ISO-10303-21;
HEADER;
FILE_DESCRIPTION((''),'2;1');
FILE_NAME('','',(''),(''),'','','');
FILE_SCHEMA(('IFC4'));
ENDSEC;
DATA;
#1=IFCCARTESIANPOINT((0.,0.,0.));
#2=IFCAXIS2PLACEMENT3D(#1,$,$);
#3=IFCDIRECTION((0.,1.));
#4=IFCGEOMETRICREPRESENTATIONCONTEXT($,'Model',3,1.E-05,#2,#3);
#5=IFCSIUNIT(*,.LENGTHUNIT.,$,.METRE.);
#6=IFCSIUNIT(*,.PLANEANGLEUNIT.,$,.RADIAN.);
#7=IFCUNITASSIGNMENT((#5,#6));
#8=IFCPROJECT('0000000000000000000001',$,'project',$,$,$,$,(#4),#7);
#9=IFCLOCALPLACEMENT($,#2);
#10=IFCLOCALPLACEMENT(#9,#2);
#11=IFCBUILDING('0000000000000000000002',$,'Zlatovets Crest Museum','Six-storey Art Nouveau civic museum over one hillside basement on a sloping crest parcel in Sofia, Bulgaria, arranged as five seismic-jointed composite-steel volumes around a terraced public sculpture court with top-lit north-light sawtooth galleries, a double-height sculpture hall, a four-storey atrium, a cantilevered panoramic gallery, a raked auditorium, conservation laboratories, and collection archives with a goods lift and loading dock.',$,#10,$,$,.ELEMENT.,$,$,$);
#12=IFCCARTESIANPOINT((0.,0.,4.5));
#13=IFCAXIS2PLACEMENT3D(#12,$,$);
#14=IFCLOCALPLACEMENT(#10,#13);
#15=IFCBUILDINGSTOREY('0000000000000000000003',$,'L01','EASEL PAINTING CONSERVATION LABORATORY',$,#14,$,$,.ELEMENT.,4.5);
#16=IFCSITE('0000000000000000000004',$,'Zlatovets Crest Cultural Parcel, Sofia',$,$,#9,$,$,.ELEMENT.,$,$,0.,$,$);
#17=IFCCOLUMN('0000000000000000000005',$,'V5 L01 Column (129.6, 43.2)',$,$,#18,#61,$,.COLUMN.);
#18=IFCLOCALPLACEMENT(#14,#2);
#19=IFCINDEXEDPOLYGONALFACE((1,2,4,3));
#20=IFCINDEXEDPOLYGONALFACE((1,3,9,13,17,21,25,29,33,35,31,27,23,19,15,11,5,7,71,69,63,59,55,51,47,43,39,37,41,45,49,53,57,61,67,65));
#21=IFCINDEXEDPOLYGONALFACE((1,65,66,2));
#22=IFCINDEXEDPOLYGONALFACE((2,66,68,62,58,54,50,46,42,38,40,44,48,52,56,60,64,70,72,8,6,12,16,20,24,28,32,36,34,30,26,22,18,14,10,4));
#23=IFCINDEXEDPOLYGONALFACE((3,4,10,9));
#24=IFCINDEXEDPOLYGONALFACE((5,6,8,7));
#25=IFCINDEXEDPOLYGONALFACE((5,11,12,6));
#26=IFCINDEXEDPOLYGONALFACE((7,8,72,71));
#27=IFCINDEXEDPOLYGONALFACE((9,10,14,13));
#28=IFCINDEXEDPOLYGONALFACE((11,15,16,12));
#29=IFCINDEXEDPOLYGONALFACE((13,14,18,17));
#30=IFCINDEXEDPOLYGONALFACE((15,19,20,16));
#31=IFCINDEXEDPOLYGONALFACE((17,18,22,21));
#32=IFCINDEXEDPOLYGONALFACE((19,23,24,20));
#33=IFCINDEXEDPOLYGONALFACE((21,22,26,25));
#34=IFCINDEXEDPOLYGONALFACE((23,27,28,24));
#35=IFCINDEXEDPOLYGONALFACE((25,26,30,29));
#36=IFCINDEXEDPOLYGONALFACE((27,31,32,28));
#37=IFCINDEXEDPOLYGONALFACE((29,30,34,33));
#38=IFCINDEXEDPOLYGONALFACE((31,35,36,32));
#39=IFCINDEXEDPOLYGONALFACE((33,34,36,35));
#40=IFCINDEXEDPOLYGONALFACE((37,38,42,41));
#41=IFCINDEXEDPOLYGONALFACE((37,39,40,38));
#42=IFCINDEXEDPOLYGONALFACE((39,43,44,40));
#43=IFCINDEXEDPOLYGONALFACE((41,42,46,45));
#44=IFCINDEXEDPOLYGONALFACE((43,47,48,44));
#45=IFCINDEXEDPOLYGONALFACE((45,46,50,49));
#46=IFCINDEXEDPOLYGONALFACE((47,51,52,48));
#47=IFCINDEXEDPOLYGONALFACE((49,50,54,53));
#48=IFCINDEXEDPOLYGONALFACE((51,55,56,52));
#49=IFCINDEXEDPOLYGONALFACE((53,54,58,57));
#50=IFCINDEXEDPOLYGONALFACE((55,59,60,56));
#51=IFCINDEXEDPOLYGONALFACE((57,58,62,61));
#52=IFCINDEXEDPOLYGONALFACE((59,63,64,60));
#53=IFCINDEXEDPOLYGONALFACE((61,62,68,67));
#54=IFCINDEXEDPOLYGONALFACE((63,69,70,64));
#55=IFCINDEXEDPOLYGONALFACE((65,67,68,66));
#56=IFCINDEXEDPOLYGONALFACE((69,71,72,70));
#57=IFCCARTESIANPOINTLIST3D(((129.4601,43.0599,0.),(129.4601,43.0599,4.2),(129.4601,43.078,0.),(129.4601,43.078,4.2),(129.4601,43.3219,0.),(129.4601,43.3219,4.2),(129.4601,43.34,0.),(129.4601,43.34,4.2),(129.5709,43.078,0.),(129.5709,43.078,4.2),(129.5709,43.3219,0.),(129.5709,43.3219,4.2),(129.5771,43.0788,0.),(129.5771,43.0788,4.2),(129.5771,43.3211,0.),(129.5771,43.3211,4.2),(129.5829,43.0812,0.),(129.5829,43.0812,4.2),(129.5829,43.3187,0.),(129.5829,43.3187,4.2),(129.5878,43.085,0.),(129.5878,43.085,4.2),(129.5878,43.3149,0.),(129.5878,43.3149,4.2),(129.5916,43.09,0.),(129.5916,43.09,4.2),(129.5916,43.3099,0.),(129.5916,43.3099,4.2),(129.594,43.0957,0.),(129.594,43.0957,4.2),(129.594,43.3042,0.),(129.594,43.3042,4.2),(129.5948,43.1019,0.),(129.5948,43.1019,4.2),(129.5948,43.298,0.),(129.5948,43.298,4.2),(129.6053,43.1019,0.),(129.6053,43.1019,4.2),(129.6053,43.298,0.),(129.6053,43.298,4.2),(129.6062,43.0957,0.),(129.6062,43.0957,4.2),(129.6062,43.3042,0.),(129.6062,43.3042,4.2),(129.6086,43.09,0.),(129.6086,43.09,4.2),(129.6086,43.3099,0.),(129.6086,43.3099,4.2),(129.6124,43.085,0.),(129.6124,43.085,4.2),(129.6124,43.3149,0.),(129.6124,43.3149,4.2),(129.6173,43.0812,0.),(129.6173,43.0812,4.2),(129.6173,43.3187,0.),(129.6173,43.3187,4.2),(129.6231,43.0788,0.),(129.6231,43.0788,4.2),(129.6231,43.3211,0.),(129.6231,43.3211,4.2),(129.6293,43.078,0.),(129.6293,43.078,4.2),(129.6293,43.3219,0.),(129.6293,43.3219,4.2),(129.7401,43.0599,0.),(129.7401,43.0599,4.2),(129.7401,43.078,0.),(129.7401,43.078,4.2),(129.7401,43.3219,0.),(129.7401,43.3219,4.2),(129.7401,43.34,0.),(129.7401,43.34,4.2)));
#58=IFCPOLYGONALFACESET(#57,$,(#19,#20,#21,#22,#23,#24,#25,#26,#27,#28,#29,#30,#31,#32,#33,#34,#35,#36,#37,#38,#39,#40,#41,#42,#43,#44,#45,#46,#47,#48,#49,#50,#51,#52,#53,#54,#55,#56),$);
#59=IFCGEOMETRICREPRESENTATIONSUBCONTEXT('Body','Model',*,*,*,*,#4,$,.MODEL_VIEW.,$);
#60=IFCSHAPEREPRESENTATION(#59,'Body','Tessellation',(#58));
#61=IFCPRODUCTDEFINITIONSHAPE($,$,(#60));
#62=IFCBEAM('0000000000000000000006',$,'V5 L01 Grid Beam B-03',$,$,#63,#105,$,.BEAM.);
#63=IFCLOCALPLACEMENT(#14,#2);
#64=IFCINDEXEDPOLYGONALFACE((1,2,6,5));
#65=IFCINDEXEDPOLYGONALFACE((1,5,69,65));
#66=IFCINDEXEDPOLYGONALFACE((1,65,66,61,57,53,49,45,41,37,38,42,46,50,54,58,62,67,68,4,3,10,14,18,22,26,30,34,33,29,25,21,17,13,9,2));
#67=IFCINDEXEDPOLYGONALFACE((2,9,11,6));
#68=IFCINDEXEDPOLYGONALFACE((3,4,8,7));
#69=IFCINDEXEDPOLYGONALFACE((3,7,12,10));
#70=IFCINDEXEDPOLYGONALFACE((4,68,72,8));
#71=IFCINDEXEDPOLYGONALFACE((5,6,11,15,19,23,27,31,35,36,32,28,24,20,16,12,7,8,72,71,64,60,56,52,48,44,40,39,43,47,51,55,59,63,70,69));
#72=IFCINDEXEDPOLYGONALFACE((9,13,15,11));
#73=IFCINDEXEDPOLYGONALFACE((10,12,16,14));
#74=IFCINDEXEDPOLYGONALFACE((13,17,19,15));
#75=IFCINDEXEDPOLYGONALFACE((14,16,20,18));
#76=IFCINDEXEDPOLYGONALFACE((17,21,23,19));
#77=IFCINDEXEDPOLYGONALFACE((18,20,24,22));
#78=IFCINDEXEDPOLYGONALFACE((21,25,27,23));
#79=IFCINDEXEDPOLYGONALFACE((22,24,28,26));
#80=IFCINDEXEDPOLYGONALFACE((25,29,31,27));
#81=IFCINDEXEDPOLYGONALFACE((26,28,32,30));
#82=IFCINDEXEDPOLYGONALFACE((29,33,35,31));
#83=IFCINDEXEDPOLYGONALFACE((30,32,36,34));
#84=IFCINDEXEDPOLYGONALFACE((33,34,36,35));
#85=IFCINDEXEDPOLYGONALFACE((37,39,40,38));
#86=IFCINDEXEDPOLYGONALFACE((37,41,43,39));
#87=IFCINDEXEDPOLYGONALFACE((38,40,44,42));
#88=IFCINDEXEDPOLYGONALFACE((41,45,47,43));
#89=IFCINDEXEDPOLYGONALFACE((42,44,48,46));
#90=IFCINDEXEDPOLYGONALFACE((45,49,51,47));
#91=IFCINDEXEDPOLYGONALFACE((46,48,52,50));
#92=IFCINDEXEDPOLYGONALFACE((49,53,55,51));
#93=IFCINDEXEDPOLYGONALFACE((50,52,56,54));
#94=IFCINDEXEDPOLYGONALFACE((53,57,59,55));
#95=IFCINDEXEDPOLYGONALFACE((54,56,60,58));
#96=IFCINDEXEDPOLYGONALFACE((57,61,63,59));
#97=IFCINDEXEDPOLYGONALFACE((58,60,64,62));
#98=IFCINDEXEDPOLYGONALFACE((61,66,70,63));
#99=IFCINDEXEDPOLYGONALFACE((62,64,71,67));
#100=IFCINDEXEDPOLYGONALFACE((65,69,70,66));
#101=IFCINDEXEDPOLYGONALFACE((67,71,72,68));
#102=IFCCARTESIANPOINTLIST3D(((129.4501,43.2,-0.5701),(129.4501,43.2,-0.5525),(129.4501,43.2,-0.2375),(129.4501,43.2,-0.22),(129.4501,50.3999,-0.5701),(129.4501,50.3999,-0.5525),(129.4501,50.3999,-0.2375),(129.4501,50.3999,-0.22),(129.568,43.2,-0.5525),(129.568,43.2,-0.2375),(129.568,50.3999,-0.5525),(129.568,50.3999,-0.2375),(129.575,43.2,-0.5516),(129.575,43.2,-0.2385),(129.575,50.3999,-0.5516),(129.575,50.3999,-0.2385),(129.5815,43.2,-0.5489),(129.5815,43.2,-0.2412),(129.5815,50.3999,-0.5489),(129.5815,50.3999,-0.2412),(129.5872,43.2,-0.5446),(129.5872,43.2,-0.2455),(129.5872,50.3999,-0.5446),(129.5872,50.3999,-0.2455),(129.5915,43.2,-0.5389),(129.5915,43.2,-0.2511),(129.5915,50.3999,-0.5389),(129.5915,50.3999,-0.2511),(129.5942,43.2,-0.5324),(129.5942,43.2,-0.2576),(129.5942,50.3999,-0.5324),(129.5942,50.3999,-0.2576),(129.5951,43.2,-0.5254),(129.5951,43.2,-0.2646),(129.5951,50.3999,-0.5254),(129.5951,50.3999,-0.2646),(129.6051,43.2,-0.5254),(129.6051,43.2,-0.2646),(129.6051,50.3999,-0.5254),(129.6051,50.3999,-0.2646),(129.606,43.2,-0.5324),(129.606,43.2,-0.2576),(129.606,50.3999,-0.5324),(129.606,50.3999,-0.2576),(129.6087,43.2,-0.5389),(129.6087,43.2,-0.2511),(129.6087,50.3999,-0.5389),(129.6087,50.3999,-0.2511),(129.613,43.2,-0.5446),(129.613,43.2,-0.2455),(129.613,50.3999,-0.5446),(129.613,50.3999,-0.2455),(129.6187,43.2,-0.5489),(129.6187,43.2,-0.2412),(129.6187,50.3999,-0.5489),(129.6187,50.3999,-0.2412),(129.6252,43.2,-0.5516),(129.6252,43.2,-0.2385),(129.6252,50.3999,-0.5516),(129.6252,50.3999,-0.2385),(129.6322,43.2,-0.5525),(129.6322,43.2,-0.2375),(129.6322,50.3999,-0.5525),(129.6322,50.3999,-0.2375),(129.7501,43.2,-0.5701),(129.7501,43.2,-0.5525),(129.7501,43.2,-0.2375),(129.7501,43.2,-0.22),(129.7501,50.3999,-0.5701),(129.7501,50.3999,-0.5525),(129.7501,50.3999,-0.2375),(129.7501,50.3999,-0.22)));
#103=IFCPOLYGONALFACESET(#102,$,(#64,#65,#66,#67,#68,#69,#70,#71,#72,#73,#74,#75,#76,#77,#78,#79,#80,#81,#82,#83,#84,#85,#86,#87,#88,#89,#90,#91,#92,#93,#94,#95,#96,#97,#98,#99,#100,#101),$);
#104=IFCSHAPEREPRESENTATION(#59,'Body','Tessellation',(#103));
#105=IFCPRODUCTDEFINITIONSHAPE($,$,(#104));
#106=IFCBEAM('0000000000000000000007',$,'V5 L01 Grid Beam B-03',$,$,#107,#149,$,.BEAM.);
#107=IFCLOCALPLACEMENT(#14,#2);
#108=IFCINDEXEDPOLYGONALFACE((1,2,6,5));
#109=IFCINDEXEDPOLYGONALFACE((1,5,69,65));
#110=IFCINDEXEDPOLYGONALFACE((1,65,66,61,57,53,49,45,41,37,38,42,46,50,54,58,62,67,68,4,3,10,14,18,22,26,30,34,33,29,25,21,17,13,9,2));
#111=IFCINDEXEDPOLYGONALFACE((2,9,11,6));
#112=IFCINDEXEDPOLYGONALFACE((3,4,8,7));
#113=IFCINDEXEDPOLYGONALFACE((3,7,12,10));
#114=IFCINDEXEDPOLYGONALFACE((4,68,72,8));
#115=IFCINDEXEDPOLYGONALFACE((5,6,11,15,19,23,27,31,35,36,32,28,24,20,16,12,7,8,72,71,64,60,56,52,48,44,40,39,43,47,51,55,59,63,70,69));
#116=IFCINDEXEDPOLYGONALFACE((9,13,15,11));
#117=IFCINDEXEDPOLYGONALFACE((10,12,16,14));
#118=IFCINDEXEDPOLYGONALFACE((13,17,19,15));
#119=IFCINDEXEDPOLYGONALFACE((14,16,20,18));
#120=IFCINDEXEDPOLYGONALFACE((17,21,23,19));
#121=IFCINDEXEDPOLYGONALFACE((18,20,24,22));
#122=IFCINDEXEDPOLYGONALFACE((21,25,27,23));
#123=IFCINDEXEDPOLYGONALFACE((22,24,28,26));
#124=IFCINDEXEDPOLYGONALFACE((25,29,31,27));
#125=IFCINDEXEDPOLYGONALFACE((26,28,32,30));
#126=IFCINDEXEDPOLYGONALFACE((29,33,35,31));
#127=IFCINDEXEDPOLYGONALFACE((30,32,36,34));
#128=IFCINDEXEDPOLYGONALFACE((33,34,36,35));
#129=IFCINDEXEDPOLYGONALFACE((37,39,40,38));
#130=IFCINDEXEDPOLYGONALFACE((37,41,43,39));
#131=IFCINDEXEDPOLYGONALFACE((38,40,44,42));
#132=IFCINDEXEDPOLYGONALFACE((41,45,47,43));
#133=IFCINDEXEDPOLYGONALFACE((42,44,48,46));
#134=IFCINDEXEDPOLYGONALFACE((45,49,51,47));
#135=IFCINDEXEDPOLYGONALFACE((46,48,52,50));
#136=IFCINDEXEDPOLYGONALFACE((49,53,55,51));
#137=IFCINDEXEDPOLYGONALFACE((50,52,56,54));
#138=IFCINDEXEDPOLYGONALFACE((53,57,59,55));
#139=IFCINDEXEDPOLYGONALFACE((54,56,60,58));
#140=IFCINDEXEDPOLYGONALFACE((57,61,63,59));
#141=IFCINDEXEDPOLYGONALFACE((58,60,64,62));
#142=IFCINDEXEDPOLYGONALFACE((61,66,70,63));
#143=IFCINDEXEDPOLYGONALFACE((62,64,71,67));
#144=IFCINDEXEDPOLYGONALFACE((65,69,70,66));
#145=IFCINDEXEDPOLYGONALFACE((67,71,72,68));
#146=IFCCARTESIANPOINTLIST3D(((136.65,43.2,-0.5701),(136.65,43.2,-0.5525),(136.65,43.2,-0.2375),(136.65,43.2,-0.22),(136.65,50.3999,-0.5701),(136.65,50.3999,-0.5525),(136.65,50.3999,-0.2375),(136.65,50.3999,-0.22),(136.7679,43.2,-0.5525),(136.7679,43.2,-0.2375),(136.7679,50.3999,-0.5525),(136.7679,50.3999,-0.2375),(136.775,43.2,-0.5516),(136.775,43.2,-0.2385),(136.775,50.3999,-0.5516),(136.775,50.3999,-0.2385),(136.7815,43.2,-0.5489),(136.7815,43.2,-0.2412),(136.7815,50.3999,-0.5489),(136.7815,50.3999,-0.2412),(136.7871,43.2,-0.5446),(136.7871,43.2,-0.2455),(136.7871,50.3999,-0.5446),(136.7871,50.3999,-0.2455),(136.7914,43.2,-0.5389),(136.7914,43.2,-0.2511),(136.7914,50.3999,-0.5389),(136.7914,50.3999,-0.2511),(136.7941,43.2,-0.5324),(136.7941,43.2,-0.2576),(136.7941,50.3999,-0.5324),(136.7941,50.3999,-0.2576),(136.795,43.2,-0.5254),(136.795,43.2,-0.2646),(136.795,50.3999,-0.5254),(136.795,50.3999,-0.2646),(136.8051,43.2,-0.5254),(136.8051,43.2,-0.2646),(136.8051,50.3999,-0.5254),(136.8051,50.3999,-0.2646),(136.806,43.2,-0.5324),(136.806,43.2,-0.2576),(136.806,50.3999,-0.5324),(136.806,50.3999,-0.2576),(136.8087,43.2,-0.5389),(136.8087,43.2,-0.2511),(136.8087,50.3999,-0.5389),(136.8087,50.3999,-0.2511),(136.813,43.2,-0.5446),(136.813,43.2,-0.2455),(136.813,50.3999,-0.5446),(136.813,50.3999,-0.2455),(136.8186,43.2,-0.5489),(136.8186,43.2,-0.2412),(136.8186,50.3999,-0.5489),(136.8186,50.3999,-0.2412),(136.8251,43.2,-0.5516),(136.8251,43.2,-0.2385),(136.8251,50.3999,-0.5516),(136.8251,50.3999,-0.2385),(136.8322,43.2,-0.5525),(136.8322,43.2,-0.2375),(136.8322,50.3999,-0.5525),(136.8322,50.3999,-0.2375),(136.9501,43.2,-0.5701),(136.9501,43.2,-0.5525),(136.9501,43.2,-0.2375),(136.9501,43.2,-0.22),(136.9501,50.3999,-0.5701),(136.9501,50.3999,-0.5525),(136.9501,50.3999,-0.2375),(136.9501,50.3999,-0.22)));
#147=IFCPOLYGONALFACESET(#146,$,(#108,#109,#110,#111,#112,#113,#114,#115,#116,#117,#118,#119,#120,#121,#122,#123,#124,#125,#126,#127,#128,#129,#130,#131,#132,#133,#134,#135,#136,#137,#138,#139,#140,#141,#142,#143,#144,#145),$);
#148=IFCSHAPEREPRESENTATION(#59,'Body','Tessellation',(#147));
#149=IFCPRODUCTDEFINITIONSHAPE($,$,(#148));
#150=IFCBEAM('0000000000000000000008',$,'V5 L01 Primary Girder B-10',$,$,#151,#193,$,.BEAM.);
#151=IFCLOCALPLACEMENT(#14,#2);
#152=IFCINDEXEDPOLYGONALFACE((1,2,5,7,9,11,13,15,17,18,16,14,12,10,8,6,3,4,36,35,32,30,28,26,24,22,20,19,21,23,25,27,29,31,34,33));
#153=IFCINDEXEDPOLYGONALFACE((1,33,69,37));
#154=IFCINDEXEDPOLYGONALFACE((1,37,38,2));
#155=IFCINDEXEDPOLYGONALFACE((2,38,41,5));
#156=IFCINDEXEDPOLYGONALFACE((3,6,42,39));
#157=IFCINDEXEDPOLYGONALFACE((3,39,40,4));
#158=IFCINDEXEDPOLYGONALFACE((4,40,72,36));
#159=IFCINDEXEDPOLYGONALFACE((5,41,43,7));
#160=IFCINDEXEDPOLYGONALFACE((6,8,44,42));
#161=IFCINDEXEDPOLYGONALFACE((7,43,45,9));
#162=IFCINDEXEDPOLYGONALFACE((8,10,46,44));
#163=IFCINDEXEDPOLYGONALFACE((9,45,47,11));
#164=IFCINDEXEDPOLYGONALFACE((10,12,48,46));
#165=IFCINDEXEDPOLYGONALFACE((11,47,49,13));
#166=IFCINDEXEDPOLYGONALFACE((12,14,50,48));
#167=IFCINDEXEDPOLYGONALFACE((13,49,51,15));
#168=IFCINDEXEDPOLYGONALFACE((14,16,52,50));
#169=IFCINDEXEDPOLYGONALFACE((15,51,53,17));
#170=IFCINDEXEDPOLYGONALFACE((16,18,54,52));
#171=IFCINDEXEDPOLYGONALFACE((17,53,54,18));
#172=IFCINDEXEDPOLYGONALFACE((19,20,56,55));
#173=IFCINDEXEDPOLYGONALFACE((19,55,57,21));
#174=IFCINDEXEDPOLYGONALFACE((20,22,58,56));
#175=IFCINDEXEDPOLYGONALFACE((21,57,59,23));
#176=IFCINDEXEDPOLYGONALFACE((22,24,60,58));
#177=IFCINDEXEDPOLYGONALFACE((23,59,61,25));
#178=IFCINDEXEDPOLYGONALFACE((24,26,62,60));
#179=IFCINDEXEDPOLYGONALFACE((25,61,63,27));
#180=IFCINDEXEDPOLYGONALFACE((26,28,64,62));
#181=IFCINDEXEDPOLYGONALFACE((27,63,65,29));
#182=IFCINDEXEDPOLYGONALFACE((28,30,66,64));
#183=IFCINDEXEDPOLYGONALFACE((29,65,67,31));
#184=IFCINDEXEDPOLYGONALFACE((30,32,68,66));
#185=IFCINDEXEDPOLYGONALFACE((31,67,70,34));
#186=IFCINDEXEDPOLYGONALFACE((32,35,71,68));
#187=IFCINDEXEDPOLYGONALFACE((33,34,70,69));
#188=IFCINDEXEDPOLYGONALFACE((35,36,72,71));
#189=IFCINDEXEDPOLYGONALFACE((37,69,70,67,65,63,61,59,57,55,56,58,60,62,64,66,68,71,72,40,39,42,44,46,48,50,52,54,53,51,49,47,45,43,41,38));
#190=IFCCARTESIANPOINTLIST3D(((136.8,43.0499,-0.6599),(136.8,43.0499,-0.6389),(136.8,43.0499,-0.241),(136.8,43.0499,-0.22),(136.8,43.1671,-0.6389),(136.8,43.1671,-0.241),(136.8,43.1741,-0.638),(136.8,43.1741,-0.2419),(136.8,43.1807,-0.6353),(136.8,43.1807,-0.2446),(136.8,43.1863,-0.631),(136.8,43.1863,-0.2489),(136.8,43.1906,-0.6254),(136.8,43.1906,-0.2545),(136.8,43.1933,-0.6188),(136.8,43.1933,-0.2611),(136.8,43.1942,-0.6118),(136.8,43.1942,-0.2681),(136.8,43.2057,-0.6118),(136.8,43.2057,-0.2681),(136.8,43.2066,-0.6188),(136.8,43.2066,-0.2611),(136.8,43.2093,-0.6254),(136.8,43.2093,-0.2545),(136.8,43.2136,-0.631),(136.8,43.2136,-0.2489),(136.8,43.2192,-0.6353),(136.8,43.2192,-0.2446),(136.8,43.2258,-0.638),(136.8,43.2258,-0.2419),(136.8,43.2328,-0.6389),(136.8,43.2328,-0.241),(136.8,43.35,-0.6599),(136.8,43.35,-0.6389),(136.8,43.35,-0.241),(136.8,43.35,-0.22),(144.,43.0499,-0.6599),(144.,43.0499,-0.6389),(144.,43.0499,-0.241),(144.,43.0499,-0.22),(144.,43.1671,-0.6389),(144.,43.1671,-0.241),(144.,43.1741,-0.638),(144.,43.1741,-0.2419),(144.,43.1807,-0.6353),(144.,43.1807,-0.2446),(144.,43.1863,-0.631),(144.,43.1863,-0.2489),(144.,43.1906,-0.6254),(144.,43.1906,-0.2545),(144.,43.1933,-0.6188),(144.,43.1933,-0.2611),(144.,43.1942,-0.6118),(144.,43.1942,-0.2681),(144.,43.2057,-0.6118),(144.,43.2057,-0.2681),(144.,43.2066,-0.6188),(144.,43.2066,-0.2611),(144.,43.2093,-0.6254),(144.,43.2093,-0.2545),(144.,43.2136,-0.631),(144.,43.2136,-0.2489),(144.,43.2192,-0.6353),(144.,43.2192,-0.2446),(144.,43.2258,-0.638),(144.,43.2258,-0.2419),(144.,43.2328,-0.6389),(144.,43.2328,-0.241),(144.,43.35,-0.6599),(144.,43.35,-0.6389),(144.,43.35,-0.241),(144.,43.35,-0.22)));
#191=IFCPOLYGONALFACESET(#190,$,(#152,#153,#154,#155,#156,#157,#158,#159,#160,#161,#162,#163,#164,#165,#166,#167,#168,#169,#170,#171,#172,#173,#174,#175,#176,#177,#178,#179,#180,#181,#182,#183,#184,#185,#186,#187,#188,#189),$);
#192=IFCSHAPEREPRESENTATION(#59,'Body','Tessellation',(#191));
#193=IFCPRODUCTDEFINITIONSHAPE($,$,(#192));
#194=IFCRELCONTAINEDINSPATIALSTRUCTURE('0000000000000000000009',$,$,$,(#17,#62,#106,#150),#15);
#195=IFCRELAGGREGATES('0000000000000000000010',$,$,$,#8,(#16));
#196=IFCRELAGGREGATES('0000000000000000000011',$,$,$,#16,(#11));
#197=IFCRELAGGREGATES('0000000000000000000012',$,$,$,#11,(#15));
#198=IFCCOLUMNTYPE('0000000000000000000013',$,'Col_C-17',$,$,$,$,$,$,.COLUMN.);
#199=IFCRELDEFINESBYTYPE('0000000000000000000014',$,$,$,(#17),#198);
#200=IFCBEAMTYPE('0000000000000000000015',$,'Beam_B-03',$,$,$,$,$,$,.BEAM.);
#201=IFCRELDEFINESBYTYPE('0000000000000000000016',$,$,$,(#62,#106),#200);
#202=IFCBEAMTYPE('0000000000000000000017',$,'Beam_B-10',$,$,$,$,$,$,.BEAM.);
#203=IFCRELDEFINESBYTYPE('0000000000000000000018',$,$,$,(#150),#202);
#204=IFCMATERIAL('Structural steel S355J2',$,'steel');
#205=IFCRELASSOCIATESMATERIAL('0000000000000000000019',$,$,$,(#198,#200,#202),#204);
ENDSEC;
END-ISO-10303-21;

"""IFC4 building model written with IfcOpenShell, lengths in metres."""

from ifc_helpers import new_model, si_unit, direction, frame, origin, origin_2d, place, context, subcontext, project, spatial, i_section, extrude, material, material_profile, profile_set, type_object, element, save


model = new_model("IFC4")

# Units and contexts
model_context = context("Model", 3, precision=1e-05, world=origin(), true_north=direction((0.0, 1.0)))
body_context = subcontext(model_context, "Body", "Model", "MODEL_VIEW")
ifc_project = project(units=[si_unit("LENGTHUNIT", "METRE"), si_unit("PLANEANGLEUNIT", "RADIAN")], contexts=[model_context])

# Site, building, storey
site_placement = place(None, origin())
site = spatial("IfcSite", under=ifc_project, at=site_placement, Name="Zlatovets Crest Cultural Parcel, Sofia", CompositionType="ELEMENT", RefElevation=0.0)
building_placement = place(site_placement, origin())
building = spatial("IfcBuilding", under=site, at=building_placement, Name="Zlatovets Crest Museum", Description="Six-storey Art Nouveau civic museum over one hillside basement on a sloping crest parcel in Sofia, Bulgaria, arranged as five seismic-jointed composite-steel volumes around a terraced public sculpture court with top-lit north-light sawtooth galleries, a double-height sculpture hall, a four-storey atrium, a cantilevered panoramic gallery, a raked auditorium, conservation laboratories, and collection archives with a goods lift and loading dock.", CompositionType="ELEMENT")
storey_placement = place(building_placement, frame((0.0, 0.0, 4.5)))
storey = spatial("IfcBuildingStorey", under=building, at=storey_placement, Name="L01", Description="EASEL PAINTING CONSERVATION LABORATORY", CompositionType="ELEMENT", Elevation=4.5)

# Column
ifc_material_1 = material(Name="Structural steel S355J2", Category="steel")
ifc_material_profile_1 = material_profile(ifc_material_1, i_section(OverallWidth=0.28, OverallDepth=0.28, WebThickness=0.0105, FlangeThickness=0.0181, FilletRadius=0.0239, at=origin_2d()), Name="HEB 280")
ifc_profile_set_1 = profile_set([ifc_material_profile_1], Name="Structural steel S355J2")
column_type = type_object("IfcColumnType", Name="Col_C-17", PredefinedType="COLUMN", material=ifc_profile_set_1)
column_placement = place(storey_placement, frame((129.6001, 43.2, 0.0), z_axis=(0.0, 0.0, 1.0), x_axis=(1.0, 0.0, 0.0)))
element("IfcColumn", 1, at=column_placement, inside=storey, type_object=column_type, Name="V5 L01 Column (129.6, 43.2)", PredefinedType="COLUMN", context=body_context, shape_type="SweptSolid", body=[
    extrude(i_section(OverallWidth=0.28, OverallDepth=0.28, WebThickness=0.0105, FlangeThickness=0.0181, FilletRadius=0.0239, at=origin_2d()), origin(), (0.0, 0.0, 1.0), 4.2),
])

# Beams
ifc_material_profile_2 = material_profile(ifc_material_1, i_section(OverallWidth=0.3, OverallDepth=0.3501, WebThickness=0.01, FlangeThickness=0.0176, FilletRadius=0.0271, at=origin_2d()), Name="HEA 360")
ifc_profile_set_2 = profile_set([ifc_material_profile_2], Name="Structural steel S355J2")
beam_type_1 = type_object("IfcBeamType", Name="Beam_B-03", PredefinedType="BEAM", material=ifc_profile_set_2)
for number, where, z_axis, x_axis, name in (
    (2, (129.6001, 43.2, -0.395), (0.0, 1.0, 0.0), (-1.0, 0.0, 0.0), "V5 L01 Grid Beam B-03"),
    (3, (136.8, 43.2, -0.395), (0.0, 1.0, 0.0), (-1.0, 0.0, 0.0), "V5 L01 Grid Beam B-03"),
):
    element("IfcBeam", number, at=place(storey_placement, frame(where, z_axis=z_axis, x_axis=x_axis)), inside=storey, type_object=beam_type_1, Name=name, PredefinedType="BEAM", context=body_context, shape_type="SweptSolid", body=[
        extrude(i_section(OverallWidth=0.3, OverallDepth=0.3501, WebThickness=0.01, FlangeThickness=0.0176, FilletRadius=0.0271, at=origin_2d()), origin(), (0.0, 0.0, 1.0), 7.2),
    ])
ifc_material_profile_3 = material_profile(ifc_material_1, i_section(OverallWidth=0.3, OverallDepth=0.4399, WebThickness=0.0115, FlangeThickness=0.021, FilletRadius=0.0271, at=origin_2d()), Name="HEA 450")
ifc_profile_set_3 = profile_set([ifc_material_profile_3], Name="Structural steel S355J2")
beam_type_2 = type_object("IfcBeamType", Name="Beam_B-10", PredefinedType="BEAM", material=ifc_profile_set_3)
beam_placement = place(storey_placement, frame((136.8, 43.2, -0.4399), z_axis=(1.0, 0.0, 0.0), x_axis=(0.0, 1.0, 0.0)))
element("IfcBeam", 4, at=beam_placement, inside=storey, type_object=beam_type_2, Name="V5 L01 Primary Girder B-10", PredefinedType="BEAM", context=body_context, shape_type="SweptSolid", body=[
    extrude(i_section(OverallWidth=0.3, OverallDepth=0.4399, WebThickness=0.0115, FlangeThickness=0.021, FilletRadius=0.0271, at=origin_2d()), origin(), (0.0, 0.0, 1.0), 7.2),
])

save(model, "model.ifc")
